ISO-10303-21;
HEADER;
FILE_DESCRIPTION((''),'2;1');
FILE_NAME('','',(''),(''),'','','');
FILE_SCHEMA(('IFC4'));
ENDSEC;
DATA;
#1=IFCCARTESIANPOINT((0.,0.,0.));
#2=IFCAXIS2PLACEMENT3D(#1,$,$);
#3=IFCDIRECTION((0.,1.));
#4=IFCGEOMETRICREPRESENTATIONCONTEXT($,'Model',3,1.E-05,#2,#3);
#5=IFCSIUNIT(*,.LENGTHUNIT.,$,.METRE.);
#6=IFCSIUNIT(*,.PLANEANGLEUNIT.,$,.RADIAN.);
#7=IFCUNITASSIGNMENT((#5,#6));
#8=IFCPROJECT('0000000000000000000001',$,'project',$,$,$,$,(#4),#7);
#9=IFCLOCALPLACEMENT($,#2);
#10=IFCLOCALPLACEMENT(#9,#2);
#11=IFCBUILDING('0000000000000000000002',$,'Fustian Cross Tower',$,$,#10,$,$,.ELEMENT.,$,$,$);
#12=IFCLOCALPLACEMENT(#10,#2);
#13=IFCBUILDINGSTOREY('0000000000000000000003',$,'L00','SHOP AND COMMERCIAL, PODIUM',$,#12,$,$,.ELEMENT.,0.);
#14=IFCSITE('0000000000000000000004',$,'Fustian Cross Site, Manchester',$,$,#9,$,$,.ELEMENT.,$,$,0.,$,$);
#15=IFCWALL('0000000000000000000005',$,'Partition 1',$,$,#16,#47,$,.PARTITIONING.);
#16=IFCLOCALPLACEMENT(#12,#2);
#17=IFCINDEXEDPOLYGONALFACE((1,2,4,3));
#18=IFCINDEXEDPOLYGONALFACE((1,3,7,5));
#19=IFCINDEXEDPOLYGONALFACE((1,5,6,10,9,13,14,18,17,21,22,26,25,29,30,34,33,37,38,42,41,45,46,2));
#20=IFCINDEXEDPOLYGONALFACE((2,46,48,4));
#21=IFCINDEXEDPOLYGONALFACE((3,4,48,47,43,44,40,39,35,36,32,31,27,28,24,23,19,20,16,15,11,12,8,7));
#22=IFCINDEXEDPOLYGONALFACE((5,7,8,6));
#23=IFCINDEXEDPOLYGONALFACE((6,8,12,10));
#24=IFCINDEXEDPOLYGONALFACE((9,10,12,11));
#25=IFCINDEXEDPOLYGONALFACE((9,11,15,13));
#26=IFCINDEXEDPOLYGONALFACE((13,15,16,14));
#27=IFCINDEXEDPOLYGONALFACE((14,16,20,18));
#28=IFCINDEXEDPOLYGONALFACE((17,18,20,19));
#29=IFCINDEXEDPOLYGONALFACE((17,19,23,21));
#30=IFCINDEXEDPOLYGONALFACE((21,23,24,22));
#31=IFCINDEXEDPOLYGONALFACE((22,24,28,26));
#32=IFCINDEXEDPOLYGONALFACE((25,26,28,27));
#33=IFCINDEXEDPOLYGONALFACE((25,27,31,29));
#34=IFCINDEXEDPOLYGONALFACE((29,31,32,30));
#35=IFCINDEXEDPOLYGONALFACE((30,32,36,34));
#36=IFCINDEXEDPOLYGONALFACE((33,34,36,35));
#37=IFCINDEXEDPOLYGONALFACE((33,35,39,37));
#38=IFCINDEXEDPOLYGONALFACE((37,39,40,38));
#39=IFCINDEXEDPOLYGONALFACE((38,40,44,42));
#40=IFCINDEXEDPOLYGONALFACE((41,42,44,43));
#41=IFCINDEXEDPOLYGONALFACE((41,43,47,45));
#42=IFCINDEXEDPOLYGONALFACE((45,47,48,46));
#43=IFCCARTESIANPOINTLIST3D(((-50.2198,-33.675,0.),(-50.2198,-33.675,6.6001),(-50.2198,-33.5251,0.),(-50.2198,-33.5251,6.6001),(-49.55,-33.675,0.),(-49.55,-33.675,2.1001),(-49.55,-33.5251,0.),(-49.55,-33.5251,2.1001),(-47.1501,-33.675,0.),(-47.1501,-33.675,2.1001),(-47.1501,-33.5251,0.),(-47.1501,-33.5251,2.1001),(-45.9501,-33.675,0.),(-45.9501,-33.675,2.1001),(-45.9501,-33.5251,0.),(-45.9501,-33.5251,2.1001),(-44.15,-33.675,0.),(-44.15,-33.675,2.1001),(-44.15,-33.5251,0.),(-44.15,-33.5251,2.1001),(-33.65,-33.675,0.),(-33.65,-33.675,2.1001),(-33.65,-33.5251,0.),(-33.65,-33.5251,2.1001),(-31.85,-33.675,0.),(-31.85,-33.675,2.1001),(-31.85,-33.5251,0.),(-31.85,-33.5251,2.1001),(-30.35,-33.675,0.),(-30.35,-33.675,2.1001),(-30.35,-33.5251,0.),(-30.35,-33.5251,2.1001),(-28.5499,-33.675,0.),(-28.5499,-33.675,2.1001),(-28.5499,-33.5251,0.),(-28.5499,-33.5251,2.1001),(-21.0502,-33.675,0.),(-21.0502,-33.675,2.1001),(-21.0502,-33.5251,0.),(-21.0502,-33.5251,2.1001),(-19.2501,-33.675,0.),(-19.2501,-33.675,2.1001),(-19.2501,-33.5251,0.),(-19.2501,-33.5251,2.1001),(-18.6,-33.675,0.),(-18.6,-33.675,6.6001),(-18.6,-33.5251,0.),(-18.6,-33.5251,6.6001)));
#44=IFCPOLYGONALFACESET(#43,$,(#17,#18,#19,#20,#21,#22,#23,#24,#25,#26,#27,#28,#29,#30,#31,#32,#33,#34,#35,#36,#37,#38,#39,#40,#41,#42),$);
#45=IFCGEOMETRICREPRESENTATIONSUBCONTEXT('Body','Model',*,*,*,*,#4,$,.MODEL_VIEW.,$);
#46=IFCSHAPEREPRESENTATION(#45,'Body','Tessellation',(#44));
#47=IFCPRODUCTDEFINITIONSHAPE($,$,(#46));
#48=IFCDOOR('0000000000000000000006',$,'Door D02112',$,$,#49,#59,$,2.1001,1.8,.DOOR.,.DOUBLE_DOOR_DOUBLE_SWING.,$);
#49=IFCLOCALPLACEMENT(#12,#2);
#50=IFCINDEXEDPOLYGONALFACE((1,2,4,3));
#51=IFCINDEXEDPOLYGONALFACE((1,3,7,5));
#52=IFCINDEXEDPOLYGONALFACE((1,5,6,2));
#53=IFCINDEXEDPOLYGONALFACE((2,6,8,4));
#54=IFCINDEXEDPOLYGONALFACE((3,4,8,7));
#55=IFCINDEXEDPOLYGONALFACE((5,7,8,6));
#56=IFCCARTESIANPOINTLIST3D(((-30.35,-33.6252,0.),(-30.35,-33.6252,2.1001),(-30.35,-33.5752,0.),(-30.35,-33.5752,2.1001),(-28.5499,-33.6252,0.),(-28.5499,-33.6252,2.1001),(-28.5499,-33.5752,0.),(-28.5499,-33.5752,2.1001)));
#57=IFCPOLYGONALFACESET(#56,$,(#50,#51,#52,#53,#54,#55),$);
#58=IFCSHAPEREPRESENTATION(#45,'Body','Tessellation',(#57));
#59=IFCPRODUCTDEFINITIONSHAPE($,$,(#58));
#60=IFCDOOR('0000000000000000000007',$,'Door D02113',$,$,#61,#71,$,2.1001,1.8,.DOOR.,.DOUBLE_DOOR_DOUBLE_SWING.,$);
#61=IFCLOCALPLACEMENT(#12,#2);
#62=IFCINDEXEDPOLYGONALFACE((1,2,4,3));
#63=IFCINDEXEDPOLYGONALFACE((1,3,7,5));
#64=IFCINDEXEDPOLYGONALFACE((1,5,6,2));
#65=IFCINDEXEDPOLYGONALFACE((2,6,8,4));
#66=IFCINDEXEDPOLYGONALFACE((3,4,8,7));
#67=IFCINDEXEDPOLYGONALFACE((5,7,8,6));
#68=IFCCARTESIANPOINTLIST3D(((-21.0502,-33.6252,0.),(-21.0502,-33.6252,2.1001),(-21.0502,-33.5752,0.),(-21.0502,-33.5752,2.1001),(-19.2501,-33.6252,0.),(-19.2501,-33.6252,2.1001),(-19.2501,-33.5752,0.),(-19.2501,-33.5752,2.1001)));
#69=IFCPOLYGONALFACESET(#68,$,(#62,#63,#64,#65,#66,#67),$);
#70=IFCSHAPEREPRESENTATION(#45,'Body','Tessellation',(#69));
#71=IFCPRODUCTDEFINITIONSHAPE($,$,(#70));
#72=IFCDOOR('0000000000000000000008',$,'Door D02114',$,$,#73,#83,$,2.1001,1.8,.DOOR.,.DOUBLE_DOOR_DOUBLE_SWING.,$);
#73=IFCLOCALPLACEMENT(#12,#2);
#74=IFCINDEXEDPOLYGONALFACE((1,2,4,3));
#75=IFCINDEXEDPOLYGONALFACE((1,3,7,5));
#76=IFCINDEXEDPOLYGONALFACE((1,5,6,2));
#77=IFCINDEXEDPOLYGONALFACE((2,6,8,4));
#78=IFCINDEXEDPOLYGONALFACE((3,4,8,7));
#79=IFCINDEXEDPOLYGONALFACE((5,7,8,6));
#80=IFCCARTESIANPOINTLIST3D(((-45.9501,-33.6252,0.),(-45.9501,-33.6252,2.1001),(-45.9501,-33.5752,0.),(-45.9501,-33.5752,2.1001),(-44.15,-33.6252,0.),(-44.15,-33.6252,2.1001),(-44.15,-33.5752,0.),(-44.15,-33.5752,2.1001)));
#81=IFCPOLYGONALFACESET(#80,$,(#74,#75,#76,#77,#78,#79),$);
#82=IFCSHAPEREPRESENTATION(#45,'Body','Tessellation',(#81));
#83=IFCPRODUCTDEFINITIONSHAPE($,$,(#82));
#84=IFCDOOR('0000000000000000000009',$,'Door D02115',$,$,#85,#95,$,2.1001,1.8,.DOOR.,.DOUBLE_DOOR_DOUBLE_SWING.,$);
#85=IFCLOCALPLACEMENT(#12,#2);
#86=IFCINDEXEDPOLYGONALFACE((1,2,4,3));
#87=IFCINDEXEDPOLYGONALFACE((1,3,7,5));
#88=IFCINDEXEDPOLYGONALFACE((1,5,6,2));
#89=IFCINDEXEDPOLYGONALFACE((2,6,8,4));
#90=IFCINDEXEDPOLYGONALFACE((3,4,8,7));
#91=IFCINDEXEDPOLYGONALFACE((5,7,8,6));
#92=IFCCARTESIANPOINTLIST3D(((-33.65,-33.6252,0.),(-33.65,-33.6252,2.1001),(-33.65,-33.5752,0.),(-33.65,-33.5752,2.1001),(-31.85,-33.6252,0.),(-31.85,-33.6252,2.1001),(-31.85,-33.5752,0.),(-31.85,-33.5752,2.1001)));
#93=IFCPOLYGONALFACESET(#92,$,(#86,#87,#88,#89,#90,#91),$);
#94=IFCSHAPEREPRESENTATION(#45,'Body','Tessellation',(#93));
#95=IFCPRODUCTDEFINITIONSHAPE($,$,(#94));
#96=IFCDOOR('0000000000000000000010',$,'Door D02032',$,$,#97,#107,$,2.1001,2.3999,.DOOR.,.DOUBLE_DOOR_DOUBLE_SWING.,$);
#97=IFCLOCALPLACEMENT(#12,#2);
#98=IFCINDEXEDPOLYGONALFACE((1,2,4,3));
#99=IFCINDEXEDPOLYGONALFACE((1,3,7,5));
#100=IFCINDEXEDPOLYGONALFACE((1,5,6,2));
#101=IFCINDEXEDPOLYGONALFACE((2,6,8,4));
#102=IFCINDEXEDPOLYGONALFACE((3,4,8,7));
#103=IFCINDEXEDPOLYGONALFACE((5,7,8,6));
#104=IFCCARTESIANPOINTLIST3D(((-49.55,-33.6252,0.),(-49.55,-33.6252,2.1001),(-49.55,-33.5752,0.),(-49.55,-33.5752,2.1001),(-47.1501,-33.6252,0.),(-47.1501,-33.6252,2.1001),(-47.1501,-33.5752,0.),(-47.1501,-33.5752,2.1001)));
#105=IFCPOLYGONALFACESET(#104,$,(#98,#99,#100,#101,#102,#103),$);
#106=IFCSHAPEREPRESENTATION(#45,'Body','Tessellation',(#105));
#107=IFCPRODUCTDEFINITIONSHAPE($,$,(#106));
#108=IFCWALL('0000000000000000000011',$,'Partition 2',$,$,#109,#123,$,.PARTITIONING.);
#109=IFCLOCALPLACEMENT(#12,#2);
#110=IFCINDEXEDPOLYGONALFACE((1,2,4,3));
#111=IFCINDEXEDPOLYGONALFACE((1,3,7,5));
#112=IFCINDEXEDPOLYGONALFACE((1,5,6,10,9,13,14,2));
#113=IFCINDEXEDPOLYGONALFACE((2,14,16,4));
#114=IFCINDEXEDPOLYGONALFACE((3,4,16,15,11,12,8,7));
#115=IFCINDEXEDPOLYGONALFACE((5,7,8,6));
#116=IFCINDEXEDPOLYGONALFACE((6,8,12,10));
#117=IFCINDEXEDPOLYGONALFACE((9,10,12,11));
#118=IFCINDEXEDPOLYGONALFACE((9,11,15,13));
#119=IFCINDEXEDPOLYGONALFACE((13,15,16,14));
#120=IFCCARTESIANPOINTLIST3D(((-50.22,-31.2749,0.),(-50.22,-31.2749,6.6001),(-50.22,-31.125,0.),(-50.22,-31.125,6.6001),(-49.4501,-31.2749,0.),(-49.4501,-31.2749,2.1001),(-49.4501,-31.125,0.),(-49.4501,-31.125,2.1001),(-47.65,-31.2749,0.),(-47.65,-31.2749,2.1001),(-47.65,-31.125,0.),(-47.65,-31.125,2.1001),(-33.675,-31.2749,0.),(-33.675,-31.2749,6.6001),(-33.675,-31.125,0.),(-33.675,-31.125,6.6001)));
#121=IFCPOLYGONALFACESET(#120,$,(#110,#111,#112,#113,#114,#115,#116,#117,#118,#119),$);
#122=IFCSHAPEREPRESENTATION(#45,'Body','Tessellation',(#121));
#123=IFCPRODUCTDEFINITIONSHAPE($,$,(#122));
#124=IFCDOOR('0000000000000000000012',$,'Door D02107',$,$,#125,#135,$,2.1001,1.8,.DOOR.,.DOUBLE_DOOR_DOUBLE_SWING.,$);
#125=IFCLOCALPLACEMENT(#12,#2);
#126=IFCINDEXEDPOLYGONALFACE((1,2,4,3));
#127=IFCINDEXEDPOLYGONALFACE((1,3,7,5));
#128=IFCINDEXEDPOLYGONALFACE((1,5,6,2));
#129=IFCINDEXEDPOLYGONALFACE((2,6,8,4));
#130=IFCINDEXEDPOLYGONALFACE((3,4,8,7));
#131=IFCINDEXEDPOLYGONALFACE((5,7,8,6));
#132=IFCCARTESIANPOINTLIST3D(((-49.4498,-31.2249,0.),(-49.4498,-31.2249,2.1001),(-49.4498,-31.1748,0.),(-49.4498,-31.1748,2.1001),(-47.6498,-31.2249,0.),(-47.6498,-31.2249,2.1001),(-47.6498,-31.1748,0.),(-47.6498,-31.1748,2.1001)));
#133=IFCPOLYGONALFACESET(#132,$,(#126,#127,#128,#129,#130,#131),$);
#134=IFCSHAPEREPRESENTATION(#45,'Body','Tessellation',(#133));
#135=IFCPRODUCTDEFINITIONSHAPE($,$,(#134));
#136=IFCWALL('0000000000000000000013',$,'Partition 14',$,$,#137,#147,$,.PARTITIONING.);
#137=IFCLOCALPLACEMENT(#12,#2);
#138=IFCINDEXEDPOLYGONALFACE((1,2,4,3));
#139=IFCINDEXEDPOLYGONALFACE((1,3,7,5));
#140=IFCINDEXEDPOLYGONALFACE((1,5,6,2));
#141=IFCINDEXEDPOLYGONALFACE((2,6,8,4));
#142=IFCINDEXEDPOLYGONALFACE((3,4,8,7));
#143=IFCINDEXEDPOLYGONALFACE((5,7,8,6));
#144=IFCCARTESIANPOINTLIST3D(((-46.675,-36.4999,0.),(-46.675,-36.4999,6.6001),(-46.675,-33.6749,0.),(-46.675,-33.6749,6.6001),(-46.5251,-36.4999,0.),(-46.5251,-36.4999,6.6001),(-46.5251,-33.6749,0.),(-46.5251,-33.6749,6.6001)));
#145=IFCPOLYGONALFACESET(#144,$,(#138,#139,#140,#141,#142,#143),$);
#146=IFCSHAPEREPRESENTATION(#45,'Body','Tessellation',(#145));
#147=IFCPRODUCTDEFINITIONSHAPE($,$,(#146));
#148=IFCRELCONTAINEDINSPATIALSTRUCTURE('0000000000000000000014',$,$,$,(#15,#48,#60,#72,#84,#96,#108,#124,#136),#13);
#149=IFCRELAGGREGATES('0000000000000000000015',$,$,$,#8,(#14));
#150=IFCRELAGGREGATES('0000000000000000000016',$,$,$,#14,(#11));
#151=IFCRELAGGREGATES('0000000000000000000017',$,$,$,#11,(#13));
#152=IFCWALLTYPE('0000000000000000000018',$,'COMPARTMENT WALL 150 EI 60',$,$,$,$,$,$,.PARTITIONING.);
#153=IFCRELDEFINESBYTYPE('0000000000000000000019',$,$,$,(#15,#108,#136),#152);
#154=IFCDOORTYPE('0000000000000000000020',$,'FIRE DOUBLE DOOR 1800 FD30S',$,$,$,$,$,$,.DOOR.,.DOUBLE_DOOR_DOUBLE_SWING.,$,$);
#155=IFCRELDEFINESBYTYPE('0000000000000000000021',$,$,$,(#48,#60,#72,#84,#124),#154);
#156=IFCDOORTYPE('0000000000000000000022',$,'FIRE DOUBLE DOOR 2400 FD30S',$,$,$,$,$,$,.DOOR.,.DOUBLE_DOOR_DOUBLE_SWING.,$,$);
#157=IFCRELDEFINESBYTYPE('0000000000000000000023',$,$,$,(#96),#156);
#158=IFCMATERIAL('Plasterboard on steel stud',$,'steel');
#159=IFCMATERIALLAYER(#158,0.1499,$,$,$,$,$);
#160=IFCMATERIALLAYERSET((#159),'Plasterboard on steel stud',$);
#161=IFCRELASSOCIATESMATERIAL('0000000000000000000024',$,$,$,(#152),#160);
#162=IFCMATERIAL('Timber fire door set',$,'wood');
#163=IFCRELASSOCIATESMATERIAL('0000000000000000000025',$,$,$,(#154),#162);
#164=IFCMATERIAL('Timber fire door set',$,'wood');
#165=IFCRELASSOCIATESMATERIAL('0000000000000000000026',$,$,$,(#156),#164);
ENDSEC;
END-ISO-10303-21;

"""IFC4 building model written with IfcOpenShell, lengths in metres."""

from ifc_helpers import new_model, si_unit, direction, frame, frame_2d, origin, place, context, subcontext, project, spatial, rectangle, extrude, material, layer, layer_set, type_object, element, fill, save


model = new_model("IFC4")

# Units and contexts
model_context = context("Model", 3, precision=1e-05, world=origin(), true_north=direction((0.0, 1.0)))
body_context = subcontext(model_context, "Body", "Model", "MODEL_VIEW")
ifc_project = project(units=[si_unit("LENGTHUNIT", "METRE"), si_unit("PLANEANGLEUNIT", "RADIAN")], contexts=[model_context])

# Site, building, storey
site_placement = place(None, origin())
site = spatial("IfcSite", under=ifc_project, at=site_placement, Name="Fustian Cross Site, Manchester", CompositionType="ELEMENT", RefElevation=0.0)
building_placement = place(site_placement, origin())
building = spatial("IfcBuilding", under=site, at=building_placement, Name="Fustian Cross Tower", CompositionType="ELEMENT")
storey_placement = place(building_placement, origin())
storey = spatial("IfcBuildingStorey", under=building, at=storey_placement, Name="L00", Description="SHOP AND COMMERCIAL, PODIUM", CompositionType="ELEMENT", Elevation=0.0)

# Wall, openings, doors
ifc_material_1 = material(Name="Plasterboard on steel stud", Category="steel")
ifc_layer_1 = layer(ifc_material_1, 0.1499)
ifc_layer_set_1 = layer_set([ifc_layer_1], Name="Plasterboard on steel stud")
wall_type_1 = type_object("IfcWallType", Name="COMPARTMENT WALL 150 EI 60", PredefinedType="PARTITIONING", material=ifc_layer_set_1)
wall_1_placement = place(storey_placement, frame((-50.22, -33.6001, 0.0), z_axis=(0.0, 0.0, 1.0), x_axis=(1.0, 0.0, 0.0)))
wall_1 = element("IfcWall", 1, at=wall_1_placement, inside=storey, type_object=wall_type_1, Name="Partition 1", PredefinedType="PARTITIONING", context=body_context, shape_type="SweptSolid", body=[
    extrude(rectangle(XDim=31.6199, YDim=0.1499, at=frame_2d((15.8101, 0.0))), origin(), (0.0, 0.0, 1.0), 6.6001),
])
opening_1_placement = place(wall_1_placement, frame((0.6699, 0.0, 0.0)))
opening_1 = element("IfcOpeningElement", 2, at=opening_1_placement, cuts=wall_1, PredefinedType="OPENING", context=body_context, shape_type="SweptSolid", body=[
    extrude(rectangle(XDim=2.3999, YDim=2.1001, at=frame_2d((1.2, 1.05))), frame((0.0, 0.085, 0.0), z_axis=(0.0, -1.0, 0.0), x_axis=(1.0, 0.0, 0.0)), (0.0, 0.0, 1.0), 0.1699),
])
opening_2_placement = place(wall_1_placement, frame((19.8701, 0.0, 0.0)))
opening_2 = element("IfcOpeningElement", 3, at=opening_2_placement, cuts=wall_1, PredefinedType="OPENING", context=body_context, shape_type="SweptSolid", body=[
    extrude(rectangle(XDim=1.8, YDim=2.1001, at=frame_2d((0.8999, 1.05))), frame((0.0, 0.085, 0.0), z_axis=(0.0, -1.0, 0.0), x_axis=(1.0, 0.0, 0.0)), (0.0, 0.0, 1.0), 0.1699),
])
opening_3_placement = place(wall_1_placement, frame((29.1699, 0.0, 0.0)))
opening_3 = element("IfcOpeningElement", 4, at=opening_3_placement, cuts=wall_1, PredefinedType="OPENING", context=body_context, shape_type="SweptSolid", body=[
    extrude(rectangle(XDim=1.8, YDim=2.1001, at=frame_2d((0.8999, 1.05))), frame((0.0, 0.085, 0.0), z_axis=(0.0, -1.0, 0.0), x_axis=(1.0, 0.0, 0.0)), (0.0, 0.0, 1.0), 0.1699),
])
opening_4_placement = place(wall_1_placement, frame((4.27, 0.0, 0.0)))
opening_4 = element("IfcOpeningElement", 5, at=opening_4_placement, cuts=wall_1, PredefinedType="OPENING", context=body_context, shape_type="SweptSolid", body=[
    extrude(rectangle(XDim=1.8, YDim=2.1001, at=frame_2d((0.8999, 1.05))), frame((0.0, 0.085, 0.0), z_axis=(0.0, -1.0, 0.0), x_axis=(1.0, 0.0, 0.0)), (0.0, 0.0, 1.0), 0.1699),
])
opening_5_placement = place(wall_1_placement, frame((16.5701, 0.0, 0.0)))
opening_5 = element("IfcOpeningElement", 6, at=opening_5_placement, cuts=wall_1, PredefinedType="OPENING", context=body_context, shape_type="SweptSolid", body=[
    extrude(rectangle(XDim=1.8, YDim=2.1001, at=frame_2d((0.8999, 1.05))), frame((0.0, 0.085, 0.0), z_axis=(0.0, -1.0, 0.0), x_axis=(1.0, 0.0, 0.0)), (0.0, 0.0, 1.0), 0.1699),
])
ifc_material_2 = material(Name="Timber fire door set", Category="wood")
door_type_1 = type_object("IfcDoorType", Name="FIRE DOUBLE DOOR 1800 FD30S", OperationType="DOUBLE_DOOR_DOUBLE_SWING", PredefinedType="DOOR", material=ifc_material_2)
door_1_placement = place(opening_2_placement, origin())
door_1 = element("IfcDoor", 7, at=door_1_placement, inside=storey, type_object=door_type_1, Name="Door D02112", OperationType="DOUBLE_DOOR_DOUBLE_SWING", OverallHeight=2.1001, OverallWidth=1.8, PredefinedType="DOOR", context=body_context, shape_type="SweptSolid", body=[
    extrude(rectangle(XDim=1.8, YDim=2.1001, at=frame_2d((0.8999, 1.05))), frame((0.0, 0.0249, 0.0), z_axis=(0.0, -1.0, 0.0), x_axis=(1.0, 0.0, 0.0)), (0.0, 0.0, 1.0), 0.05),
])
fill(opening_2, door_1)
door_2_placement = place(opening_3_placement, origin())
door_2 = element("IfcDoor", 8, at=door_2_placement, inside=storey, type_object=door_type_1, Name="Door D02113", OperationType="DOUBLE_DOOR_DOUBLE_SWING", OverallHeight=2.1001, OverallWidth=1.8, PredefinedType="DOOR", context=body_context, shape_type="SweptSolid", body=[
    extrude(rectangle(XDim=1.8, YDim=2.1001, at=frame_2d((0.8999, 1.05))), frame((0.0, 0.0249, 0.0), z_axis=(0.0, -1.0, 0.0), x_axis=(1.0, 0.0, 0.0)), (0.0, 0.0, 1.0), 0.05),
])
fill(opening_3, door_2)
door_3_placement = place(opening_4_placement, origin())
door_3 = element("IfcDoor", 9, at=door_3_placement, inside=storey, type_object=door_type_1, Name="Door D02114", OperationType="DOUBLE_DOOR_DOUBLE_SWING", OverallHeight=2.1001, OverallWidth=1.8, PredefinedType="DOOR", context=body_context, shape_type="SweptSolid", body=[
    extrude(rectangle(XDim=1.8, YDim=2.1001, at=frame_2d((0.8999, 1.05))), frame((0.0, 0.0249, 0.0), z_axis=(0.0, -1.0, 0.0), x_axis=(1.0, 0.0, 0.0)), (0.0, 0.0, 1.0), 0.05),
])
fill(opening_4, door_3)
door_4_placement = place(opening_5_placement, origin())
door_4 = element("IfcDoor", 10, at=door_4_placement, inside=storey, type_object=door_type_1, Name="Door D02115", OperationType="DOUBLE_DOOR_DOUBLE_SWING", OverallHeight=2.1001, OverallWidth=1.8, PredefinedType="DOOR", context=body_context, shape_type="SweptSolid", body=[
    extrude(rectangle(XDim=1.8, YDim=2.1001, at=frame_2d((0.8999, 1.05))), frame((0.0, 0.0249, 0.0), z_axis=(0.0, -1.0, 0.0), x_axis=(1.0, 0.0, 0.0)), (0.0, 0.0, 1.0), 0.05),
])
fill(opening_5, door_4)
ifc_material_3 = material(Name="Timber fire door set", Category="wood")
door_type_2 = type_object("IfcDoorType", Name="FIRE DOUBLE DOOR 2400 FD30S", OperationType="DOUBLE_DOOR_DOUBLE_SWING", PredefinedType="DOOR", material=ifc_material_3)
door_5_placement = place(opening_1_placement, origin())
door_5 = element("IfcDoor", 11, at=door_5_placement, inside=storey, type_object=door_type_2, Name="Door D02032", OperationType="DOUBLE_DOOR_DOUBLE_SWING", OverallHeight=2.1001, OverallWidth=2.3999, PredefinedType="DOOR", context=body_context, shape_type="SweptSolid", body=[
    extrude(rectangle(XDim=2.3999, YDim=2.1001, at=frame_2d((1.2, 1.05))), frame((0.0, 0.0249, 0.0), z_axis=(0.0, -1.0, 0.0), x_axis=(1.0, 0.0, 0.0)), (0.0, 0.0, 1.0), 0.05),
])
fill(opening_1, door_5)

# Wall, opening, door
wall_2_placement = place(storey_placement, frame((-50.22, -31.2, 0.0), z_axis=(0.0, 0.0, 1.0), x_axis=(1.0, 0.0, 0.0)))
wall_2 = element("IfcWall", 12, at=wall_2_placement, inside=storey, type_object=wall_type_1, Name="Partition 2", PredefinedType="PARTITIONING", context=body_context, shape_type="SweptSolid", body=[
    extrude(rectangle(XDim=16.5449, YDim=0.1499, at=frame_2d((8.2725, 0.0))), origin(), (0.0, 0.0, 1.0), 6.6001),
])
opening_6_placement = place(wall_2_placement, frame((0.77, 0.0, 0.0)))
opening_6 = element("IfcOpeningElement", 13, at=opening_6_placement, cuts=wall_2, PredefinedType="OPENING", context=body_context, shape_type="SweptSolid", body=[
    extrude(rectangle(XDim=1.8, YDim=2.1001, at=frame_2d((0.8999, 1.05))), frame((0.0, 0.085, 0.0), z_axis=(0.0, -1.0, 0.0), x_axis=(1.0, 0.0, 0.0)), (0.0, 0.0, 1.0), 0.1699),
])
door_6_placement = place(opening_6_placement, frame((1.8, 0.0, 0.0), z_axis=(0.0, 0.0, 1.0), x_axis=(-1.0, 0.0, 0.0)))
door_6 = element("IfcDoor", 14, at=door_6_placement, inside=storey, type_object=door_type_1, Name="Door D02107", OperationType="DOUBLE_DOOR_DOUBLE_SWING", OverallHeight=2.1001, OverallWidth=1.8, PredefinedType="DOOR", context=body_context, shape_type="SweptSolid", body=[
    extrude(rectangle(XDim=1.8, YDim=2.1001, at=frame_2d((0.8999, 1.05))), frame((0.0, 0.0249, 0.0), z_axis=(0.0, -1.0, 0.0), x_axis=(1.0, 0.0, 0.0)), (0.0, 0.0, 1.0), 0.05),
])
fill(opening_6, door_6)

# Wall
wall_3_placement = place(storey_placement, frame((-46.6001, -36.5, 0.0), z_axis=(0.0, 0.0, 1.0), x_axis=(0.0, 1.0, 0.0)))
element("IfcWall", 15, at=wall_3_placement, inside=storey, type_object=wall_type_1, Name="Partition 14", PredefinedType="PARTITIONING", context=body_context, shape_type="SweptSolid", body=[
    extrude(rectangle(XDim=2.825, YDim=0.1499, at=frame_2d((1.4126, 0.0))), origin(), (0.0, 0.0, 1.0), 6.6001),
])

save(model, "model.ifc")
